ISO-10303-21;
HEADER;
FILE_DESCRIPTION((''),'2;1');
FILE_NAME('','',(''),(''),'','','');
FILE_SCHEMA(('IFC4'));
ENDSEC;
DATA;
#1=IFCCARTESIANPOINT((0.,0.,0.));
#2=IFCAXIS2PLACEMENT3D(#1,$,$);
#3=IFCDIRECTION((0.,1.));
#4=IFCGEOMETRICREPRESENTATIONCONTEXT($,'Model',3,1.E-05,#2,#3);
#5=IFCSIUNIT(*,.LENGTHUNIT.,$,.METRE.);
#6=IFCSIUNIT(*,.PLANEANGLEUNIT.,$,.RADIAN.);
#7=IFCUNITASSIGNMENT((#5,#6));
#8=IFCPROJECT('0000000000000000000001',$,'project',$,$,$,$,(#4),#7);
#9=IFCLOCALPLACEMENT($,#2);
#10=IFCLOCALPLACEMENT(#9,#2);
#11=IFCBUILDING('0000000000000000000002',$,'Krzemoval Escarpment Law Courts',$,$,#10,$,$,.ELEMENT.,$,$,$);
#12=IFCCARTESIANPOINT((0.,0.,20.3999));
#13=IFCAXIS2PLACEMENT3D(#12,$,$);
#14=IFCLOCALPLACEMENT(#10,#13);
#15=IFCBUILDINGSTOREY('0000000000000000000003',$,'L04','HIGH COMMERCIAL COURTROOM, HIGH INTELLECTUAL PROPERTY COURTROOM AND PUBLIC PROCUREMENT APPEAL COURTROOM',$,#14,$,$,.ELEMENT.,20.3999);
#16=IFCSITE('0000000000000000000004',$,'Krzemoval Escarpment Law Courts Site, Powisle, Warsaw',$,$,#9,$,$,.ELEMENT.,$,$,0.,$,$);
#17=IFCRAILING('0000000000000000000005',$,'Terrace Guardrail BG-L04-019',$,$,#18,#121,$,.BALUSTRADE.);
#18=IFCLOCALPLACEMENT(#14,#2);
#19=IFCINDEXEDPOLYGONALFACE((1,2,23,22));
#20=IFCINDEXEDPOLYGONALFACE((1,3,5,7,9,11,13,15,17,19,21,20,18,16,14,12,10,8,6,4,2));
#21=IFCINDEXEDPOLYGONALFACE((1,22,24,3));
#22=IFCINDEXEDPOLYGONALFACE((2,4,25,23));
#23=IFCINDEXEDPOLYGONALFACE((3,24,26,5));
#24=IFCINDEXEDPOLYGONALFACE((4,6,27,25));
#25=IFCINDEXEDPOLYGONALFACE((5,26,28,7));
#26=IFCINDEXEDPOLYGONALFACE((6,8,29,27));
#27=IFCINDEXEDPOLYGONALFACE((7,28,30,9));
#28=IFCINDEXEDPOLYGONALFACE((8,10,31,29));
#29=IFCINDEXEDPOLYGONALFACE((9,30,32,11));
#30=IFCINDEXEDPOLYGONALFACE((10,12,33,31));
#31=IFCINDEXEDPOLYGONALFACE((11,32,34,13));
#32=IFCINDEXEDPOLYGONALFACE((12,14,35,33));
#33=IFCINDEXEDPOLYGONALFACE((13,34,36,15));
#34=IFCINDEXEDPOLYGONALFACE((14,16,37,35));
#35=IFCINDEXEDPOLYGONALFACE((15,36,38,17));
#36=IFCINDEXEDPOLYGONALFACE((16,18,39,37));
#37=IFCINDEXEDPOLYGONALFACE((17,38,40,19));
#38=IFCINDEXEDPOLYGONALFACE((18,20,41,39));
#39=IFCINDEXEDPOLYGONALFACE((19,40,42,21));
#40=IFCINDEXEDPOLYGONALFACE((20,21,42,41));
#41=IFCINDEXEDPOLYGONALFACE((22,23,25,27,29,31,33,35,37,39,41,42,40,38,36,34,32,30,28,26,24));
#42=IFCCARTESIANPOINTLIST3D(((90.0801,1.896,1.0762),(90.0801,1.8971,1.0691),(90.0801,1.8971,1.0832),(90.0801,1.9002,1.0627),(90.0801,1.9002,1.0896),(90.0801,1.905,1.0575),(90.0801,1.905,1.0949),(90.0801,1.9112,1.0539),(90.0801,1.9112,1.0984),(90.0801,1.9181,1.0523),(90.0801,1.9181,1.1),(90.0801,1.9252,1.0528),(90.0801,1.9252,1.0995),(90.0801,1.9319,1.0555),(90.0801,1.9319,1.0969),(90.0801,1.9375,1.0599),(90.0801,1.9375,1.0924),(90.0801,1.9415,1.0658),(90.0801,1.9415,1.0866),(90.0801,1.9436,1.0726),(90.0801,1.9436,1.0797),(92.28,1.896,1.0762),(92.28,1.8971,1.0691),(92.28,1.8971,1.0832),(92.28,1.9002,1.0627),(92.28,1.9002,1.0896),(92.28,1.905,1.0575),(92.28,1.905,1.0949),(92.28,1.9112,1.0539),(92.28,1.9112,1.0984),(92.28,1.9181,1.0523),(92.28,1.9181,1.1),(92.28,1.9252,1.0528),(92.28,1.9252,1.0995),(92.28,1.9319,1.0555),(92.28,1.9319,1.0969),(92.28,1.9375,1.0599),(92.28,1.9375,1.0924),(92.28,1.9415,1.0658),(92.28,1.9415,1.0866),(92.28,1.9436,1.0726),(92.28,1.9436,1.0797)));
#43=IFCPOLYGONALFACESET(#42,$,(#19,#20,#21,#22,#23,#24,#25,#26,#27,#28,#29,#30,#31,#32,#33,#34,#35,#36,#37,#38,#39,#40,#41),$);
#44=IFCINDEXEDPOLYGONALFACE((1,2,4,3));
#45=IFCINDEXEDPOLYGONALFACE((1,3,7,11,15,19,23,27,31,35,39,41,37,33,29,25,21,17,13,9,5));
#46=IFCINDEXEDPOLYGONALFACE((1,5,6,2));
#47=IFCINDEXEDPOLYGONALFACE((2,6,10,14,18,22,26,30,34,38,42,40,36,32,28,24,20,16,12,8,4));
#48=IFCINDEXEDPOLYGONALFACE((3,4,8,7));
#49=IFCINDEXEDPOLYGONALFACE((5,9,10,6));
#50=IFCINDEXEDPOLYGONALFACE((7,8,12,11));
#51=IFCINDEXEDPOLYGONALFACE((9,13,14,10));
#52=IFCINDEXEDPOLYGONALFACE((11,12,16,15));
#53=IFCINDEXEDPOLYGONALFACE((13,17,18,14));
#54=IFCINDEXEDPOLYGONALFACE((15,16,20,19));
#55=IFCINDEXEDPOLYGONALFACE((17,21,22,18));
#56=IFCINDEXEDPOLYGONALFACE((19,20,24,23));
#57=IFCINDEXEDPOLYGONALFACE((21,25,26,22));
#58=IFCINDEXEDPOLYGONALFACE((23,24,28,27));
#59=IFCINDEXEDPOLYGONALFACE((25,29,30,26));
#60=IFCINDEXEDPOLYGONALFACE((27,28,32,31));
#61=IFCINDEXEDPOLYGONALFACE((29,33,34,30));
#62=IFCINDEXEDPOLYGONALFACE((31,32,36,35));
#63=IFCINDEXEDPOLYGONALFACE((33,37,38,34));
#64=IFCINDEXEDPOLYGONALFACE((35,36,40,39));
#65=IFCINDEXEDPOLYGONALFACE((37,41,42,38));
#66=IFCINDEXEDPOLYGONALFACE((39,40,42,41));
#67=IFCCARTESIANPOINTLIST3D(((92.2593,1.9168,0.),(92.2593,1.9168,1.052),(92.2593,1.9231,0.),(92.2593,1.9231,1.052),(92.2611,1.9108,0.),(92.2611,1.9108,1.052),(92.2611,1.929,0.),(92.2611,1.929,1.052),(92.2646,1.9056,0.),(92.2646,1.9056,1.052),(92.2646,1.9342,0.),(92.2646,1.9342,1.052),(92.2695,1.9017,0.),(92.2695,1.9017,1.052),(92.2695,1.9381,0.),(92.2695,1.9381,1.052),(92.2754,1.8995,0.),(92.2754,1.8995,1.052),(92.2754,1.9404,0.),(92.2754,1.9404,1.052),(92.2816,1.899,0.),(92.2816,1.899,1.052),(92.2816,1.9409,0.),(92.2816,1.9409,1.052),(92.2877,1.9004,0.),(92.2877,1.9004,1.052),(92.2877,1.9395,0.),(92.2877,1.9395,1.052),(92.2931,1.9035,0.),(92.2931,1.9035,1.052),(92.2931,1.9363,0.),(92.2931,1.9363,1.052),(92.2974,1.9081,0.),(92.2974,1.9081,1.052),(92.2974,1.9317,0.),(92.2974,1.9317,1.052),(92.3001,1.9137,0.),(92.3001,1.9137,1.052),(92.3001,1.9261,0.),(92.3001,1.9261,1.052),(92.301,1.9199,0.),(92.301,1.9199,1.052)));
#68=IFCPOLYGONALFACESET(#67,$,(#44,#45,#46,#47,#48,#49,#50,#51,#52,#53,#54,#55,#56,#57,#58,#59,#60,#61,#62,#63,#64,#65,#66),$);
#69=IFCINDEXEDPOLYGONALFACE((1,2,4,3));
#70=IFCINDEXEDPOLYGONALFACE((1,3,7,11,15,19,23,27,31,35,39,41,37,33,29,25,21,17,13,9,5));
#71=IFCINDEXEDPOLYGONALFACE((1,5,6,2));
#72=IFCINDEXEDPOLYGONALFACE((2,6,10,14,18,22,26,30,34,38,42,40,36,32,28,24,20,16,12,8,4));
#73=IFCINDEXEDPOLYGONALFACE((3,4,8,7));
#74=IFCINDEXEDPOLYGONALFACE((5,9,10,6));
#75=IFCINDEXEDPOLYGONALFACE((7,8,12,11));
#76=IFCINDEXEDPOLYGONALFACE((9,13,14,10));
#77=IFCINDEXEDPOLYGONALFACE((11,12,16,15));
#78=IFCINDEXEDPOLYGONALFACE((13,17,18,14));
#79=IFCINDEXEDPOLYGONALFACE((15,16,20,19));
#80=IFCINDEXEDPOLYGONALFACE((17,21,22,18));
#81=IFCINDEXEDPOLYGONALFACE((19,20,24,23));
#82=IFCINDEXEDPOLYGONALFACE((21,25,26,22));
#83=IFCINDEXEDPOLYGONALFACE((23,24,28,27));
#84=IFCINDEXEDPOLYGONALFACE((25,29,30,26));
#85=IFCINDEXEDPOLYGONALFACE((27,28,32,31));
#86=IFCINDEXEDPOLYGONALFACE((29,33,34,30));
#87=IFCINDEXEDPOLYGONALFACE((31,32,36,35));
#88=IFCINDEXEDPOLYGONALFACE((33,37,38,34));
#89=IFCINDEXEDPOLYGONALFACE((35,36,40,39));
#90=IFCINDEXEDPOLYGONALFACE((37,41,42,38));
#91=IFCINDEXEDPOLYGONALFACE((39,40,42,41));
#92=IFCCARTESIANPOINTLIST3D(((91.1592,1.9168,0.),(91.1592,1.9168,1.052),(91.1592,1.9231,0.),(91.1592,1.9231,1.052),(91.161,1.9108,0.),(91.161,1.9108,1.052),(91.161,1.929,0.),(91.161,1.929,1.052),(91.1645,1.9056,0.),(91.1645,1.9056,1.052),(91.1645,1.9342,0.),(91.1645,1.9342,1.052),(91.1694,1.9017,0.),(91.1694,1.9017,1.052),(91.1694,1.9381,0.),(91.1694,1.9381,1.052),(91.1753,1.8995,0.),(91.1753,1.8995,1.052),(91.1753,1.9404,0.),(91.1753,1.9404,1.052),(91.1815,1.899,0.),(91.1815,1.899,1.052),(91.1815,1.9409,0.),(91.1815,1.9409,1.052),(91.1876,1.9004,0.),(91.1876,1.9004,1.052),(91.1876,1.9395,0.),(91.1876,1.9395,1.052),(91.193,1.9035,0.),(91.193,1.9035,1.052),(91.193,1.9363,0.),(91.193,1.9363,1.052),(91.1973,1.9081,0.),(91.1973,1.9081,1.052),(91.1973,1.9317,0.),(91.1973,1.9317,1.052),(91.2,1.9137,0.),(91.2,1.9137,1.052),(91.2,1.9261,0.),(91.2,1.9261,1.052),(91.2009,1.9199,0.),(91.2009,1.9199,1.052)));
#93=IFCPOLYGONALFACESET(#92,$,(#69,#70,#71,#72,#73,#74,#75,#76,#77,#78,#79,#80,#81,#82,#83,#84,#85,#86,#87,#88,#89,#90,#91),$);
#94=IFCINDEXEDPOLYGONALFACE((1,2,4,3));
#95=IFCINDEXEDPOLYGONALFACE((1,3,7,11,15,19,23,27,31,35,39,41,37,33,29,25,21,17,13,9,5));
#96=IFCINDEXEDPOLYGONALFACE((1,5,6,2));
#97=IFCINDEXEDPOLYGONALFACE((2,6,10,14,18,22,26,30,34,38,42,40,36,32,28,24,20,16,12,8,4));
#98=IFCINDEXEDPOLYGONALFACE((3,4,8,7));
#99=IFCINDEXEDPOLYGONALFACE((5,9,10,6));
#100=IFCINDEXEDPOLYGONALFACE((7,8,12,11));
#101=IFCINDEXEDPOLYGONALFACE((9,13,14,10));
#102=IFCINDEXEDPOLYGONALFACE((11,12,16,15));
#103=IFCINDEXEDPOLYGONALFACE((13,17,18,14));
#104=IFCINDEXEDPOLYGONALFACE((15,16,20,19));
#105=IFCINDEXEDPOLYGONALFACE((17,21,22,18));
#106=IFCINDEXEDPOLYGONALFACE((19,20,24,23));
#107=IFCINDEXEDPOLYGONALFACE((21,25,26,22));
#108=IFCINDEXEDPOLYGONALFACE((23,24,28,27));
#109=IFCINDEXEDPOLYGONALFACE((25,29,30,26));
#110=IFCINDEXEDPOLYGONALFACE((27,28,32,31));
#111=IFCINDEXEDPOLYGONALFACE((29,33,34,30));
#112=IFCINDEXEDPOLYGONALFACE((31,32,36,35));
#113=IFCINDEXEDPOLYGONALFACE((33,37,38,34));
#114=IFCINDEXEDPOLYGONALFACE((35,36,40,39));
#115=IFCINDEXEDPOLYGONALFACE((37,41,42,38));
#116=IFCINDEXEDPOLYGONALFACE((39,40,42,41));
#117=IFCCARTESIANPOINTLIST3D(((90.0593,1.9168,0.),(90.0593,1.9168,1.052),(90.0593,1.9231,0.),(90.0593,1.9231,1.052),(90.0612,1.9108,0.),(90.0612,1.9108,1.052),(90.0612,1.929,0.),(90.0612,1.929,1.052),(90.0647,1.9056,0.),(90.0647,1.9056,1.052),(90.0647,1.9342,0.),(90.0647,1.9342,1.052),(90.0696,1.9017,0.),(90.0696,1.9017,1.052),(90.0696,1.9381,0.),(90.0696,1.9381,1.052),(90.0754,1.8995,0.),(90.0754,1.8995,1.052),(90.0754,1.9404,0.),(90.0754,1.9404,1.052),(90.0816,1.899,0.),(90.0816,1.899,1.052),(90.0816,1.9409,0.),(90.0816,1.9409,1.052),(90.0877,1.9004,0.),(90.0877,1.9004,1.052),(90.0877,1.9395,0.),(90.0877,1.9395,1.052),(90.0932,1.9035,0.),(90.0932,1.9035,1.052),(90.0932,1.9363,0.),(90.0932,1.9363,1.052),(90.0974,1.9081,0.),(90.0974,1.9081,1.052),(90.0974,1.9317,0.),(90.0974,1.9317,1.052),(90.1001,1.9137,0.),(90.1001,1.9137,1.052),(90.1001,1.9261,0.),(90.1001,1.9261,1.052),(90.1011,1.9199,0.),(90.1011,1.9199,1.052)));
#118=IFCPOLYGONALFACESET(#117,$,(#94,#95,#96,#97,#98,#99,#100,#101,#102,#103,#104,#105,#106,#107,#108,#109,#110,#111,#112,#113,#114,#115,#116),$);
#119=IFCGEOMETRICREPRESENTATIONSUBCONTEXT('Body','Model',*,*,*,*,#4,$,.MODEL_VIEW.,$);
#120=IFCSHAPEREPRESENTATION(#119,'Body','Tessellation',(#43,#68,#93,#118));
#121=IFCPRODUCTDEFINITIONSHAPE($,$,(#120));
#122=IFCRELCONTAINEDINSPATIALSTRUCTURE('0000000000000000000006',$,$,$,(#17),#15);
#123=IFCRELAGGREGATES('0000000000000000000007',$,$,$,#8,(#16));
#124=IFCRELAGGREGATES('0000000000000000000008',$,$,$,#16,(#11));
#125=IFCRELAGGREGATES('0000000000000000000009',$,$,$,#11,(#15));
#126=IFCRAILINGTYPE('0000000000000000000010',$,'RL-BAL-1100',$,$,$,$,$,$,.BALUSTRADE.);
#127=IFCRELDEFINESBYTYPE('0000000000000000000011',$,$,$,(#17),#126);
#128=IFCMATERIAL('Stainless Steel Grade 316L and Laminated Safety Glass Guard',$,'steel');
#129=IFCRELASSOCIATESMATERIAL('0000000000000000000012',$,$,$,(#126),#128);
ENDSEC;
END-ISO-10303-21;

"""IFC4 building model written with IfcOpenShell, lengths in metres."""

from ifc_helpers import new_model, si_unit, direction, frame, origin, origin_2d, place, context, subcontext, project, spatial, circle, extrude, material, type_object, element, save


model = new_model("IFC4")

# Units and contexts
model_context = context("Model", 3, precision=1e-05, world=origin(), true_north=direction((0.0, 1.0)))
body_context = subcontext(model_context, "Body", "Model", "MODEL_VIEW")
ifc_project = project(units=[si_unit("LENGTHUNIT", "METRE"), si_unit("PLANEANGLEUNIT", "RADIAN")], contexts=[model_context])

# Site, building, storey
site_placement = place(None, origin())
site = spatial("IfcSite", under=ifc_project, at=site_placement, Name="Krzemoval Escarpment Law Courts Site, Powisle, Warsaw", CompositionType="ELEMENT", RefElevation=0.0)
building_placement = place(site_placement, origin())
building = spatial("IfcBuilding", under=site, at=building_placement, Name="Krzemoval Escarpment Law Courts", CompositionType="ELEMENT")
storey_placement = place(building_placement, frame((0.0, 0.0, 20.3999)))
storey = spatial("IfcBuildingStorey", under=building, at=storey_placement, Name="L04", Description="HIGH COMMERCIAL COURTROOM, HIGH INTELLECTUAL PROPERTY COURTROOM AND PUBLIC PROCUREMENT APPEAL COURTROOM", CompositionType="ELEMENT", Elevation=20.3999)

# Railing
ifc_material_1 = material(Name="Stainless Steel Grade 316L and Laminated Safety Glass Guard", Category="steel")
railing_type = type_object("IfcRailingType", Name="RL-BAL-1100", PredefinedType="BALUSTRADE", material=ifc_material_1)
railing_placement = place(storey_placement, frame((92.28, 1.9199, 0.0)))
element("IfcRailing", 1, at=railing_placement, inside=storey, type_object=railing_type, Name="Terrace Guardrail BG-L04-019", PredefinedType="BALUSTRADE", context=body_context, shape_type="SweptSolid", body=[
    extrude(circle(Radius=0.0239, at=origin_2d()), frame((0.0, 0.0, 1.0762), z_axis=(-1.0, 0.0, 0.0), x_axis=(0.0, -1.0, 0.0)), (0.0, 0.0, 1.0), 2.2),
    extrude(circle(Radius=0.021, at=origin_2d()), origin(), (0.0, 0.0, 1.0), 1.052),
    extrude(circle(Radius=0.021, at=origin_2d()), frame((-1.1001, 0.0, 0.0)), (0.0, 0.0, 1.0), 1.052),
    extrude(circle(Radius=0.021, at=origin_2d()), frame((-2.2, 0.0, 0.0)), (0.0, 0.0, 1.0), 1.052),
])

save(model, "model.ifc")
